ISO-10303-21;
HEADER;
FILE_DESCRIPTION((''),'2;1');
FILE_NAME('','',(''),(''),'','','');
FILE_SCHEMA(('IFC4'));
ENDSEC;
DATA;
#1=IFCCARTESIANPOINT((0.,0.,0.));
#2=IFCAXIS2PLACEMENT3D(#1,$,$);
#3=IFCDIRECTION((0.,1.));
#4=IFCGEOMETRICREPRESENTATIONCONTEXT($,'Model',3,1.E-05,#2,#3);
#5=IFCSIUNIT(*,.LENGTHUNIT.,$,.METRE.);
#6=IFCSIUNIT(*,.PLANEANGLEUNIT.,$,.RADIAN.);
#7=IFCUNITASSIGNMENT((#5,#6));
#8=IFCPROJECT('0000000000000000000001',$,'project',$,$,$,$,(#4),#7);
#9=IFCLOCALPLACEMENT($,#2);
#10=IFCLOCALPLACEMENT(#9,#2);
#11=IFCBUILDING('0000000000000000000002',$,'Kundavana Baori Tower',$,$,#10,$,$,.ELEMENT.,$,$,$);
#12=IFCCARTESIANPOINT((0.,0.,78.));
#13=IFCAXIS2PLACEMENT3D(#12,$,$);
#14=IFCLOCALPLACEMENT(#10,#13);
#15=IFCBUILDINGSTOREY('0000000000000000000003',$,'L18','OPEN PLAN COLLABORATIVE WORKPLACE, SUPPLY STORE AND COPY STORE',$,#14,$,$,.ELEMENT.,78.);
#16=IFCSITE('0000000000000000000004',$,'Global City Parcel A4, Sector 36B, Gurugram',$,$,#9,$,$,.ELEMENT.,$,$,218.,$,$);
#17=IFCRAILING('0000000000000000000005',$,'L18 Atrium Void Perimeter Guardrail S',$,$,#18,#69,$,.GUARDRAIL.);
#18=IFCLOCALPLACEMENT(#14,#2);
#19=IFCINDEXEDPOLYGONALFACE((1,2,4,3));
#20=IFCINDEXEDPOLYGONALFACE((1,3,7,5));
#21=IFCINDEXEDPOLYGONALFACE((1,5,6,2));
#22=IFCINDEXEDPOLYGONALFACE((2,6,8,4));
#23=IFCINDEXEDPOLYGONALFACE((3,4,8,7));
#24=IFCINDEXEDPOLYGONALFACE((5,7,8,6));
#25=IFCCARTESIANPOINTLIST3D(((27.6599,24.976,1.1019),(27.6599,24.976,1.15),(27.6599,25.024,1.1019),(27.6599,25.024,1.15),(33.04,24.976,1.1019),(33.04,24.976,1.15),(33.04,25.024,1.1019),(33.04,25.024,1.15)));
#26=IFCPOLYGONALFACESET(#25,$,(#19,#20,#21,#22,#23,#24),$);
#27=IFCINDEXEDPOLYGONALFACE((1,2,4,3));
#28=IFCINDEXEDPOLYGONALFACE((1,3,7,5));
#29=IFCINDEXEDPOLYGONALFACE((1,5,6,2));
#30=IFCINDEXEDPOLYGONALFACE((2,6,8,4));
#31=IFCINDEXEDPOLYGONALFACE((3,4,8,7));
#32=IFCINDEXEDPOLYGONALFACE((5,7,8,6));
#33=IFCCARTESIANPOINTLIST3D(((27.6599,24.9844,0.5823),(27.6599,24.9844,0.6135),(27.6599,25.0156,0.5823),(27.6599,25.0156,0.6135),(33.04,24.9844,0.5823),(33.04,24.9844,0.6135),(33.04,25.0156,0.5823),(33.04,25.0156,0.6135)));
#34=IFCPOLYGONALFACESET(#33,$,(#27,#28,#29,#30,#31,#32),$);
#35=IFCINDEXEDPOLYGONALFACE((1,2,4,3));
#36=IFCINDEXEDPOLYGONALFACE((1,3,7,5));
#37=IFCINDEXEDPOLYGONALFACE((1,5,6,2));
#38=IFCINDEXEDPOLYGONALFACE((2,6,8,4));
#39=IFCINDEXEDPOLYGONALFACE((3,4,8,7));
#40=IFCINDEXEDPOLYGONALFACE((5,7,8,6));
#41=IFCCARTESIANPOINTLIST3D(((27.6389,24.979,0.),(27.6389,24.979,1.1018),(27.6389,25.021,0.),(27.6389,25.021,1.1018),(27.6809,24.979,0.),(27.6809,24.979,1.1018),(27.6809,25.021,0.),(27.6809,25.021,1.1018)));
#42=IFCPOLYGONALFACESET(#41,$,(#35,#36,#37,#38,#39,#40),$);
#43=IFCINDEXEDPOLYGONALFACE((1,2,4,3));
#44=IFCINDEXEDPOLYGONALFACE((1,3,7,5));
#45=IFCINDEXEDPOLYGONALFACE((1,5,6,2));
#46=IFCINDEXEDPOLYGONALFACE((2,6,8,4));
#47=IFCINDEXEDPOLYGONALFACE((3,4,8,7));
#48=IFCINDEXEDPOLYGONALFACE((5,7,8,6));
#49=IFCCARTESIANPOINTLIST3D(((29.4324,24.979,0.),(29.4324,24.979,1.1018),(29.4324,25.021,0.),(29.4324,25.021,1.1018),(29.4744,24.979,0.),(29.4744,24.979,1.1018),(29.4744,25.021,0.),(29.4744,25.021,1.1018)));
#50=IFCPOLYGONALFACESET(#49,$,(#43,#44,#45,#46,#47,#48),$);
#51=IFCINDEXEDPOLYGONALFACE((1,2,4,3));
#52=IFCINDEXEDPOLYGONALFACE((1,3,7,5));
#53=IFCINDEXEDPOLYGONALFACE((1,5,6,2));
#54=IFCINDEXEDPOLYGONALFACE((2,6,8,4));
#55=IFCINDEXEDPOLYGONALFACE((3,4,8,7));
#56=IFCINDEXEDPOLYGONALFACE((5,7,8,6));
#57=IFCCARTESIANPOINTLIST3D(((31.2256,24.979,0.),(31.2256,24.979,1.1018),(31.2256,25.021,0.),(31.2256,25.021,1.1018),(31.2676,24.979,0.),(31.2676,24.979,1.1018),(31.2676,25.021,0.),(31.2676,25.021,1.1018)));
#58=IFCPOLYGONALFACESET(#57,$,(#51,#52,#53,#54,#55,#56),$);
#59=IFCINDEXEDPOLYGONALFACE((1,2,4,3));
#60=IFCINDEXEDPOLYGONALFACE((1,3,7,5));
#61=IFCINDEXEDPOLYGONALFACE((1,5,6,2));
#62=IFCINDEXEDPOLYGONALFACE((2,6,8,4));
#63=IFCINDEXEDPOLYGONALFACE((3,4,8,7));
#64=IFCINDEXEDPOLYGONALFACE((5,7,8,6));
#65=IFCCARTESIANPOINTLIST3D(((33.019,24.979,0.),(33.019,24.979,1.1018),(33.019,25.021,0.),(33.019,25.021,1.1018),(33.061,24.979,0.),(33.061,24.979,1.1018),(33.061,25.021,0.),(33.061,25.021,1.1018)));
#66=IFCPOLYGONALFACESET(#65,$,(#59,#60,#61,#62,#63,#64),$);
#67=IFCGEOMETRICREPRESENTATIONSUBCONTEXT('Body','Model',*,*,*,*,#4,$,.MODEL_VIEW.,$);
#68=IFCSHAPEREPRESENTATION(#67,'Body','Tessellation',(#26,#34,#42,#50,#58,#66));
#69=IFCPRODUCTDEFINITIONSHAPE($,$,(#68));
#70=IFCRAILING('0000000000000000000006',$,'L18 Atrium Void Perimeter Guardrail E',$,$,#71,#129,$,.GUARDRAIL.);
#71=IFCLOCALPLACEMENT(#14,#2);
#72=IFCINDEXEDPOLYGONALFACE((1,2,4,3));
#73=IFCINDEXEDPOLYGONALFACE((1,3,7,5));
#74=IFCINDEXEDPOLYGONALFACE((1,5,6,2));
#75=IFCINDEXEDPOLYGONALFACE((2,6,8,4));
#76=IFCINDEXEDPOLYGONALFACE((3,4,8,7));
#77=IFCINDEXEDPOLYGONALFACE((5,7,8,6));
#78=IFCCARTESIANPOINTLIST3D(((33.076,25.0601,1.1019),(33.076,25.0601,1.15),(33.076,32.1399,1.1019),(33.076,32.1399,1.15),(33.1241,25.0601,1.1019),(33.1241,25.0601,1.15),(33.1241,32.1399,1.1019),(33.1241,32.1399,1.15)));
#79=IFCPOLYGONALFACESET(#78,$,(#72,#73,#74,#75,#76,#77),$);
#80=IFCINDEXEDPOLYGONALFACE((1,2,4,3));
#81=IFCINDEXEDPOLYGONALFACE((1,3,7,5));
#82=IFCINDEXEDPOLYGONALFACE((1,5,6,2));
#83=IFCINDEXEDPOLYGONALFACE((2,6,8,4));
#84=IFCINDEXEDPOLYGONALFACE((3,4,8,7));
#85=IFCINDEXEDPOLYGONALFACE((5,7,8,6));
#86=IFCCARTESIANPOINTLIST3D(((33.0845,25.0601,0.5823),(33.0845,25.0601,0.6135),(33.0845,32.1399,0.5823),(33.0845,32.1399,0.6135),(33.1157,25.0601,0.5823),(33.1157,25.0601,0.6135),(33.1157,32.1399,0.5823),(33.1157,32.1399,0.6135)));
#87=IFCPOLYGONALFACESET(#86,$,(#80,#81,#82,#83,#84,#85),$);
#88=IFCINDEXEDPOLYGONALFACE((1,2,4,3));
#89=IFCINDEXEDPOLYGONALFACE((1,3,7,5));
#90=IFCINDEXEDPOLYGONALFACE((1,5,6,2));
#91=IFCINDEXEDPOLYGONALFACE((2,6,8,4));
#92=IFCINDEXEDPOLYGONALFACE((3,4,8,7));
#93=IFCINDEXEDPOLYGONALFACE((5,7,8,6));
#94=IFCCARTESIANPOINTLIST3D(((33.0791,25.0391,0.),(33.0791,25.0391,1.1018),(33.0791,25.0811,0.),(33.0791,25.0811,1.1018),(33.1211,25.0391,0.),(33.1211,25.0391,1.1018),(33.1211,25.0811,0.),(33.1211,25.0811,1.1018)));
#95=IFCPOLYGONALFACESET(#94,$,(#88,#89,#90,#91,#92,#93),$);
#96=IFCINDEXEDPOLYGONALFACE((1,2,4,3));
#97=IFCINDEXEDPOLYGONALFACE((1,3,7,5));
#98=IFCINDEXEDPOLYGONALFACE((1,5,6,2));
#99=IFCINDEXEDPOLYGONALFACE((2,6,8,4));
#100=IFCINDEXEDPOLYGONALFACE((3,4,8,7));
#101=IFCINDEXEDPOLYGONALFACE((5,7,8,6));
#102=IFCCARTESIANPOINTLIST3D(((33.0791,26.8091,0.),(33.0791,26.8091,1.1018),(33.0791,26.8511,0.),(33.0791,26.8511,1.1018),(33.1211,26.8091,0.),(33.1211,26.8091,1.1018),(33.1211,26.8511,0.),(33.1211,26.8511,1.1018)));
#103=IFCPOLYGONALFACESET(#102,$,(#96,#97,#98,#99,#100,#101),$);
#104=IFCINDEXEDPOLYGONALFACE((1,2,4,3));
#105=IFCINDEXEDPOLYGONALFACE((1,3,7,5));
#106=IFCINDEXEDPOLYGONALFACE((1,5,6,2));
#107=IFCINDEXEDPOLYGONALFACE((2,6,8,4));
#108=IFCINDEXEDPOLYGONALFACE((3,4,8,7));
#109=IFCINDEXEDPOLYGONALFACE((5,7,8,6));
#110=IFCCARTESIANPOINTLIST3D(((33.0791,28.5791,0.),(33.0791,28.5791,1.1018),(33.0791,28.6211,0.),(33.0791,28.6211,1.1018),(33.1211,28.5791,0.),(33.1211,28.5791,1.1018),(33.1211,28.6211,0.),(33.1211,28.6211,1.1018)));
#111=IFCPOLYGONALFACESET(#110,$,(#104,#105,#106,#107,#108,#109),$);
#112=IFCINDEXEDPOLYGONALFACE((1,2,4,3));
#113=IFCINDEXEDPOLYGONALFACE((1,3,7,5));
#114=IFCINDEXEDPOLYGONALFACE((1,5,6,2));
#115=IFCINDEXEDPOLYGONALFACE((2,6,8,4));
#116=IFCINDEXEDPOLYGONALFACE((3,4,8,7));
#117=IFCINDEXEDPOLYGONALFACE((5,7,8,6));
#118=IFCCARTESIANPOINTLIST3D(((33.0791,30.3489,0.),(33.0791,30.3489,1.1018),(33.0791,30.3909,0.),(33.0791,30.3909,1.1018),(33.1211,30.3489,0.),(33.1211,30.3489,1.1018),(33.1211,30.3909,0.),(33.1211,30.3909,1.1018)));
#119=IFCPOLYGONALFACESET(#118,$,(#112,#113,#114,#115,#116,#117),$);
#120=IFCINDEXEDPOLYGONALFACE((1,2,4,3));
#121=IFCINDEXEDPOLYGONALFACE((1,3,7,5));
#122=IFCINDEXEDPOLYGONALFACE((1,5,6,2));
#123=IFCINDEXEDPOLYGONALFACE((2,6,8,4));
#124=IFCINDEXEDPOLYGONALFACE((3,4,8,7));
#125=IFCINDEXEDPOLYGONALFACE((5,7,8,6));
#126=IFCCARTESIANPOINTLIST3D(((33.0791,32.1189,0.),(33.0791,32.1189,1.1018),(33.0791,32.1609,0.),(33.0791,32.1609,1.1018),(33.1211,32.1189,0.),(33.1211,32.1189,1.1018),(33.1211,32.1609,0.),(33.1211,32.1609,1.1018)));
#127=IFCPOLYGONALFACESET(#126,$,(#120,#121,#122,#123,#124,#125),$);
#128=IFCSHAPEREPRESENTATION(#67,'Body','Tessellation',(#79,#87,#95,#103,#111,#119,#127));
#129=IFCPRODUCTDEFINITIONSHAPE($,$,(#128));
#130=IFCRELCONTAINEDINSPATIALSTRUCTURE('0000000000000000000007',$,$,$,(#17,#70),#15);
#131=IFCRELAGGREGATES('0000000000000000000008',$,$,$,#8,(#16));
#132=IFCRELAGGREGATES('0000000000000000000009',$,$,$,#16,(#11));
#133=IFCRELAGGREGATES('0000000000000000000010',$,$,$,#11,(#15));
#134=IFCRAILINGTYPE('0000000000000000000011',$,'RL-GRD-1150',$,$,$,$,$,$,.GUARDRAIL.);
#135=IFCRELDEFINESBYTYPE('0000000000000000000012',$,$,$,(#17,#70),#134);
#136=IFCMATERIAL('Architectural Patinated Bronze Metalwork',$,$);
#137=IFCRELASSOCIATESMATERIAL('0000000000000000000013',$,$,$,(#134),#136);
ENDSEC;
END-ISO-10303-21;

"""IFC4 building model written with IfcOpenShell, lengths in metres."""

from ifc_helpers import new_model, si_unit, direction, frame, origin, origin_2d, place, context, subcontext, project, spatial, rectangle, extrude, material, type_object, element, save


model = new_model("IFC4")

# Units and contexts
model_context = context("Model", 3, precision=1e-05, world=origin(), true_north=direction((0.0, 1.0)))
body_context = subcontext(model_context, "Body", "Model", "MODEL_VIEW")
ifc_project = project(units=[si_unit("LENGTHUNIT", "METRE"), si_unit("PLANEANGLEUNIT", "RADIAN")], contexts=[model_context])

# Site, building, storey
site_placement = place(None, origin())
site = spatial("IfcSite", under=ifc_project, at=site_placement, Name="Global City Parcel A4, Sector 36B, Gurugram", CompositionType="ELEMENT", RefElevation=218.0)
building_placement = place(site_placement, origin())
building = spatial("IfcBuilding", under=site, at=building_placement, Name="Kundavana Baori Tower", CompositionType="ELEMENT")
storey_placement = place(building_placement, frame((0.0, 0.0, 78.0)))
storey = spatial("IfcBuildingStorey", under=building, at=storey_placement, Name="L18", Description="OPEN PLAN COLLABORATIVE WORKPLACE, SUPPLY STORE AND COPY STORE", CompositionType="ELEMENT", Elevation=78.0)

# Railings
ifc_material_1 = material(Name="Architectural Patinated Bronze Metalwork")
railing_type = type_object("IfcRailingType", Name="RL-GRD-1150", PredefinedType="GUARDRAIL", material=ifc_material_1)
railing_1_placement = place(storey_placement, frame((27.6599, 25.0, 0.0)))
element("IfcRailing", 1, at=railing_1_placement, inside=storey, type_object=railing_type, Name="L18 Atrium Void Perimeter Guardrail S", PredefinedType="GUARDRAIL", context=body_context, shape_type="SweptSolid", body=[
    extrude(rectangle(XDim=0.0481, YDim=0.0481, at=origin_2d()), frame((0.0, 0.0, 1.126), z_axis=(1.0, 0.0, 0.0), x_axis=(0.0, 1.0, 0.0)), (0.0, 0.0, 1.0), 5.3801),
    extrude(rectangle(XDim=0.0312, YDim=0.0312, at=origin_2d()), frame((0.0, 0.0, 0.5979), z_axis=(1.0, 0.0, 0.0), x_axis=(0.0, 1.0, 0.0)), (0.0, 0.0, 1.0), 5.3801),
    extrude(rectangle(XDim=0.042, YDim=0.042, at=origin_2d()), origin(), (0.0, 0.0, 1.0), 1.1018),
    extrude(rectangle(XDim=0.042, YDim=0.042, at=origin_2d()), frame((1.7935, 0.0, 0.0)), (0.0, 0.0, 1.0), 1.1018),
    extrude(rectangle(XDim=0.042, YDim=0.042, at=origin_2d()), frame((3.5867, 0.0, 0.0)), (0.0, 0.0, 1.0), 1.1018),
    extrude(rectangle(XDim=0.042, YDim=0.042, at=origin_2d()), frame((5.3801, 0.0, 0.0)), (0.0, 0.0, 1.0), 1.1018),
])
railing_2_placement = place(storey_placement, frame((33.1001, 25.0601, 0.0)))
element("IfcRailing", 2, at=railing_2_placement, inside=storey, type_object=railing_type, Name="L18 Atrium Void Perimeter Guardrail E", PredefinedType="GUARDRAIL", context=body_context, shape_type="SweptSolid", body=[
    extrude(rectangle(XDim=0.0481, YDim=0.0481, at=origin_2d()), frame((0.0, 0.0, 1.126), z_axis=(0.0, 1.0, 0.0), x_axis=(-1.0, 0.0, 0.0)), (0.0, 0.0, 1.0), 7.0798),
    extrude(rectangle(XDim=0.0312, YDim=0.0312, at=origin_2d()), frame((0.0, 0.0, 0.5979), z_axis=(0.0, 1.0, 0.0), x_axis=(-1.0, 0.0, 0.0)), (0.0, 0.0, 1.0), 7.0798),
    extrude(rectangle(XDim=0.042, YDim=0.042, at=origin_2d()), origin(), (0.0, 0.0, 1.0), 1.1018),
    extrude(rectangle(XDim=0.042, YDim=0.042, at=origin_2d()), frame((0.0, 1.77, 0.0)), (0.0, 0.0, 1.0), 1.1018),
    extrude(rectangle(XDim=0.042, YDim=0.042, at=origin_2d()), frame((0.0, 3.54, 0.0)), (0.0, 0.0, 1.0), 1.1018),
    extrude(rectangle(XDim=0.042, YDim=0.042, at=origin_2d()), frame((0.0, 5.3098, 0.0)), (0.0, 0.0, 1.0), 1.1018),
    extrude(rectangle(XDim=0.042, YDim=0.042, at=origin_2d()), frame((0.0, 7.0798, 0.0)), (0.0, 0.0, 1.0), 1.1018),
])

save(model, "model.ifc")
